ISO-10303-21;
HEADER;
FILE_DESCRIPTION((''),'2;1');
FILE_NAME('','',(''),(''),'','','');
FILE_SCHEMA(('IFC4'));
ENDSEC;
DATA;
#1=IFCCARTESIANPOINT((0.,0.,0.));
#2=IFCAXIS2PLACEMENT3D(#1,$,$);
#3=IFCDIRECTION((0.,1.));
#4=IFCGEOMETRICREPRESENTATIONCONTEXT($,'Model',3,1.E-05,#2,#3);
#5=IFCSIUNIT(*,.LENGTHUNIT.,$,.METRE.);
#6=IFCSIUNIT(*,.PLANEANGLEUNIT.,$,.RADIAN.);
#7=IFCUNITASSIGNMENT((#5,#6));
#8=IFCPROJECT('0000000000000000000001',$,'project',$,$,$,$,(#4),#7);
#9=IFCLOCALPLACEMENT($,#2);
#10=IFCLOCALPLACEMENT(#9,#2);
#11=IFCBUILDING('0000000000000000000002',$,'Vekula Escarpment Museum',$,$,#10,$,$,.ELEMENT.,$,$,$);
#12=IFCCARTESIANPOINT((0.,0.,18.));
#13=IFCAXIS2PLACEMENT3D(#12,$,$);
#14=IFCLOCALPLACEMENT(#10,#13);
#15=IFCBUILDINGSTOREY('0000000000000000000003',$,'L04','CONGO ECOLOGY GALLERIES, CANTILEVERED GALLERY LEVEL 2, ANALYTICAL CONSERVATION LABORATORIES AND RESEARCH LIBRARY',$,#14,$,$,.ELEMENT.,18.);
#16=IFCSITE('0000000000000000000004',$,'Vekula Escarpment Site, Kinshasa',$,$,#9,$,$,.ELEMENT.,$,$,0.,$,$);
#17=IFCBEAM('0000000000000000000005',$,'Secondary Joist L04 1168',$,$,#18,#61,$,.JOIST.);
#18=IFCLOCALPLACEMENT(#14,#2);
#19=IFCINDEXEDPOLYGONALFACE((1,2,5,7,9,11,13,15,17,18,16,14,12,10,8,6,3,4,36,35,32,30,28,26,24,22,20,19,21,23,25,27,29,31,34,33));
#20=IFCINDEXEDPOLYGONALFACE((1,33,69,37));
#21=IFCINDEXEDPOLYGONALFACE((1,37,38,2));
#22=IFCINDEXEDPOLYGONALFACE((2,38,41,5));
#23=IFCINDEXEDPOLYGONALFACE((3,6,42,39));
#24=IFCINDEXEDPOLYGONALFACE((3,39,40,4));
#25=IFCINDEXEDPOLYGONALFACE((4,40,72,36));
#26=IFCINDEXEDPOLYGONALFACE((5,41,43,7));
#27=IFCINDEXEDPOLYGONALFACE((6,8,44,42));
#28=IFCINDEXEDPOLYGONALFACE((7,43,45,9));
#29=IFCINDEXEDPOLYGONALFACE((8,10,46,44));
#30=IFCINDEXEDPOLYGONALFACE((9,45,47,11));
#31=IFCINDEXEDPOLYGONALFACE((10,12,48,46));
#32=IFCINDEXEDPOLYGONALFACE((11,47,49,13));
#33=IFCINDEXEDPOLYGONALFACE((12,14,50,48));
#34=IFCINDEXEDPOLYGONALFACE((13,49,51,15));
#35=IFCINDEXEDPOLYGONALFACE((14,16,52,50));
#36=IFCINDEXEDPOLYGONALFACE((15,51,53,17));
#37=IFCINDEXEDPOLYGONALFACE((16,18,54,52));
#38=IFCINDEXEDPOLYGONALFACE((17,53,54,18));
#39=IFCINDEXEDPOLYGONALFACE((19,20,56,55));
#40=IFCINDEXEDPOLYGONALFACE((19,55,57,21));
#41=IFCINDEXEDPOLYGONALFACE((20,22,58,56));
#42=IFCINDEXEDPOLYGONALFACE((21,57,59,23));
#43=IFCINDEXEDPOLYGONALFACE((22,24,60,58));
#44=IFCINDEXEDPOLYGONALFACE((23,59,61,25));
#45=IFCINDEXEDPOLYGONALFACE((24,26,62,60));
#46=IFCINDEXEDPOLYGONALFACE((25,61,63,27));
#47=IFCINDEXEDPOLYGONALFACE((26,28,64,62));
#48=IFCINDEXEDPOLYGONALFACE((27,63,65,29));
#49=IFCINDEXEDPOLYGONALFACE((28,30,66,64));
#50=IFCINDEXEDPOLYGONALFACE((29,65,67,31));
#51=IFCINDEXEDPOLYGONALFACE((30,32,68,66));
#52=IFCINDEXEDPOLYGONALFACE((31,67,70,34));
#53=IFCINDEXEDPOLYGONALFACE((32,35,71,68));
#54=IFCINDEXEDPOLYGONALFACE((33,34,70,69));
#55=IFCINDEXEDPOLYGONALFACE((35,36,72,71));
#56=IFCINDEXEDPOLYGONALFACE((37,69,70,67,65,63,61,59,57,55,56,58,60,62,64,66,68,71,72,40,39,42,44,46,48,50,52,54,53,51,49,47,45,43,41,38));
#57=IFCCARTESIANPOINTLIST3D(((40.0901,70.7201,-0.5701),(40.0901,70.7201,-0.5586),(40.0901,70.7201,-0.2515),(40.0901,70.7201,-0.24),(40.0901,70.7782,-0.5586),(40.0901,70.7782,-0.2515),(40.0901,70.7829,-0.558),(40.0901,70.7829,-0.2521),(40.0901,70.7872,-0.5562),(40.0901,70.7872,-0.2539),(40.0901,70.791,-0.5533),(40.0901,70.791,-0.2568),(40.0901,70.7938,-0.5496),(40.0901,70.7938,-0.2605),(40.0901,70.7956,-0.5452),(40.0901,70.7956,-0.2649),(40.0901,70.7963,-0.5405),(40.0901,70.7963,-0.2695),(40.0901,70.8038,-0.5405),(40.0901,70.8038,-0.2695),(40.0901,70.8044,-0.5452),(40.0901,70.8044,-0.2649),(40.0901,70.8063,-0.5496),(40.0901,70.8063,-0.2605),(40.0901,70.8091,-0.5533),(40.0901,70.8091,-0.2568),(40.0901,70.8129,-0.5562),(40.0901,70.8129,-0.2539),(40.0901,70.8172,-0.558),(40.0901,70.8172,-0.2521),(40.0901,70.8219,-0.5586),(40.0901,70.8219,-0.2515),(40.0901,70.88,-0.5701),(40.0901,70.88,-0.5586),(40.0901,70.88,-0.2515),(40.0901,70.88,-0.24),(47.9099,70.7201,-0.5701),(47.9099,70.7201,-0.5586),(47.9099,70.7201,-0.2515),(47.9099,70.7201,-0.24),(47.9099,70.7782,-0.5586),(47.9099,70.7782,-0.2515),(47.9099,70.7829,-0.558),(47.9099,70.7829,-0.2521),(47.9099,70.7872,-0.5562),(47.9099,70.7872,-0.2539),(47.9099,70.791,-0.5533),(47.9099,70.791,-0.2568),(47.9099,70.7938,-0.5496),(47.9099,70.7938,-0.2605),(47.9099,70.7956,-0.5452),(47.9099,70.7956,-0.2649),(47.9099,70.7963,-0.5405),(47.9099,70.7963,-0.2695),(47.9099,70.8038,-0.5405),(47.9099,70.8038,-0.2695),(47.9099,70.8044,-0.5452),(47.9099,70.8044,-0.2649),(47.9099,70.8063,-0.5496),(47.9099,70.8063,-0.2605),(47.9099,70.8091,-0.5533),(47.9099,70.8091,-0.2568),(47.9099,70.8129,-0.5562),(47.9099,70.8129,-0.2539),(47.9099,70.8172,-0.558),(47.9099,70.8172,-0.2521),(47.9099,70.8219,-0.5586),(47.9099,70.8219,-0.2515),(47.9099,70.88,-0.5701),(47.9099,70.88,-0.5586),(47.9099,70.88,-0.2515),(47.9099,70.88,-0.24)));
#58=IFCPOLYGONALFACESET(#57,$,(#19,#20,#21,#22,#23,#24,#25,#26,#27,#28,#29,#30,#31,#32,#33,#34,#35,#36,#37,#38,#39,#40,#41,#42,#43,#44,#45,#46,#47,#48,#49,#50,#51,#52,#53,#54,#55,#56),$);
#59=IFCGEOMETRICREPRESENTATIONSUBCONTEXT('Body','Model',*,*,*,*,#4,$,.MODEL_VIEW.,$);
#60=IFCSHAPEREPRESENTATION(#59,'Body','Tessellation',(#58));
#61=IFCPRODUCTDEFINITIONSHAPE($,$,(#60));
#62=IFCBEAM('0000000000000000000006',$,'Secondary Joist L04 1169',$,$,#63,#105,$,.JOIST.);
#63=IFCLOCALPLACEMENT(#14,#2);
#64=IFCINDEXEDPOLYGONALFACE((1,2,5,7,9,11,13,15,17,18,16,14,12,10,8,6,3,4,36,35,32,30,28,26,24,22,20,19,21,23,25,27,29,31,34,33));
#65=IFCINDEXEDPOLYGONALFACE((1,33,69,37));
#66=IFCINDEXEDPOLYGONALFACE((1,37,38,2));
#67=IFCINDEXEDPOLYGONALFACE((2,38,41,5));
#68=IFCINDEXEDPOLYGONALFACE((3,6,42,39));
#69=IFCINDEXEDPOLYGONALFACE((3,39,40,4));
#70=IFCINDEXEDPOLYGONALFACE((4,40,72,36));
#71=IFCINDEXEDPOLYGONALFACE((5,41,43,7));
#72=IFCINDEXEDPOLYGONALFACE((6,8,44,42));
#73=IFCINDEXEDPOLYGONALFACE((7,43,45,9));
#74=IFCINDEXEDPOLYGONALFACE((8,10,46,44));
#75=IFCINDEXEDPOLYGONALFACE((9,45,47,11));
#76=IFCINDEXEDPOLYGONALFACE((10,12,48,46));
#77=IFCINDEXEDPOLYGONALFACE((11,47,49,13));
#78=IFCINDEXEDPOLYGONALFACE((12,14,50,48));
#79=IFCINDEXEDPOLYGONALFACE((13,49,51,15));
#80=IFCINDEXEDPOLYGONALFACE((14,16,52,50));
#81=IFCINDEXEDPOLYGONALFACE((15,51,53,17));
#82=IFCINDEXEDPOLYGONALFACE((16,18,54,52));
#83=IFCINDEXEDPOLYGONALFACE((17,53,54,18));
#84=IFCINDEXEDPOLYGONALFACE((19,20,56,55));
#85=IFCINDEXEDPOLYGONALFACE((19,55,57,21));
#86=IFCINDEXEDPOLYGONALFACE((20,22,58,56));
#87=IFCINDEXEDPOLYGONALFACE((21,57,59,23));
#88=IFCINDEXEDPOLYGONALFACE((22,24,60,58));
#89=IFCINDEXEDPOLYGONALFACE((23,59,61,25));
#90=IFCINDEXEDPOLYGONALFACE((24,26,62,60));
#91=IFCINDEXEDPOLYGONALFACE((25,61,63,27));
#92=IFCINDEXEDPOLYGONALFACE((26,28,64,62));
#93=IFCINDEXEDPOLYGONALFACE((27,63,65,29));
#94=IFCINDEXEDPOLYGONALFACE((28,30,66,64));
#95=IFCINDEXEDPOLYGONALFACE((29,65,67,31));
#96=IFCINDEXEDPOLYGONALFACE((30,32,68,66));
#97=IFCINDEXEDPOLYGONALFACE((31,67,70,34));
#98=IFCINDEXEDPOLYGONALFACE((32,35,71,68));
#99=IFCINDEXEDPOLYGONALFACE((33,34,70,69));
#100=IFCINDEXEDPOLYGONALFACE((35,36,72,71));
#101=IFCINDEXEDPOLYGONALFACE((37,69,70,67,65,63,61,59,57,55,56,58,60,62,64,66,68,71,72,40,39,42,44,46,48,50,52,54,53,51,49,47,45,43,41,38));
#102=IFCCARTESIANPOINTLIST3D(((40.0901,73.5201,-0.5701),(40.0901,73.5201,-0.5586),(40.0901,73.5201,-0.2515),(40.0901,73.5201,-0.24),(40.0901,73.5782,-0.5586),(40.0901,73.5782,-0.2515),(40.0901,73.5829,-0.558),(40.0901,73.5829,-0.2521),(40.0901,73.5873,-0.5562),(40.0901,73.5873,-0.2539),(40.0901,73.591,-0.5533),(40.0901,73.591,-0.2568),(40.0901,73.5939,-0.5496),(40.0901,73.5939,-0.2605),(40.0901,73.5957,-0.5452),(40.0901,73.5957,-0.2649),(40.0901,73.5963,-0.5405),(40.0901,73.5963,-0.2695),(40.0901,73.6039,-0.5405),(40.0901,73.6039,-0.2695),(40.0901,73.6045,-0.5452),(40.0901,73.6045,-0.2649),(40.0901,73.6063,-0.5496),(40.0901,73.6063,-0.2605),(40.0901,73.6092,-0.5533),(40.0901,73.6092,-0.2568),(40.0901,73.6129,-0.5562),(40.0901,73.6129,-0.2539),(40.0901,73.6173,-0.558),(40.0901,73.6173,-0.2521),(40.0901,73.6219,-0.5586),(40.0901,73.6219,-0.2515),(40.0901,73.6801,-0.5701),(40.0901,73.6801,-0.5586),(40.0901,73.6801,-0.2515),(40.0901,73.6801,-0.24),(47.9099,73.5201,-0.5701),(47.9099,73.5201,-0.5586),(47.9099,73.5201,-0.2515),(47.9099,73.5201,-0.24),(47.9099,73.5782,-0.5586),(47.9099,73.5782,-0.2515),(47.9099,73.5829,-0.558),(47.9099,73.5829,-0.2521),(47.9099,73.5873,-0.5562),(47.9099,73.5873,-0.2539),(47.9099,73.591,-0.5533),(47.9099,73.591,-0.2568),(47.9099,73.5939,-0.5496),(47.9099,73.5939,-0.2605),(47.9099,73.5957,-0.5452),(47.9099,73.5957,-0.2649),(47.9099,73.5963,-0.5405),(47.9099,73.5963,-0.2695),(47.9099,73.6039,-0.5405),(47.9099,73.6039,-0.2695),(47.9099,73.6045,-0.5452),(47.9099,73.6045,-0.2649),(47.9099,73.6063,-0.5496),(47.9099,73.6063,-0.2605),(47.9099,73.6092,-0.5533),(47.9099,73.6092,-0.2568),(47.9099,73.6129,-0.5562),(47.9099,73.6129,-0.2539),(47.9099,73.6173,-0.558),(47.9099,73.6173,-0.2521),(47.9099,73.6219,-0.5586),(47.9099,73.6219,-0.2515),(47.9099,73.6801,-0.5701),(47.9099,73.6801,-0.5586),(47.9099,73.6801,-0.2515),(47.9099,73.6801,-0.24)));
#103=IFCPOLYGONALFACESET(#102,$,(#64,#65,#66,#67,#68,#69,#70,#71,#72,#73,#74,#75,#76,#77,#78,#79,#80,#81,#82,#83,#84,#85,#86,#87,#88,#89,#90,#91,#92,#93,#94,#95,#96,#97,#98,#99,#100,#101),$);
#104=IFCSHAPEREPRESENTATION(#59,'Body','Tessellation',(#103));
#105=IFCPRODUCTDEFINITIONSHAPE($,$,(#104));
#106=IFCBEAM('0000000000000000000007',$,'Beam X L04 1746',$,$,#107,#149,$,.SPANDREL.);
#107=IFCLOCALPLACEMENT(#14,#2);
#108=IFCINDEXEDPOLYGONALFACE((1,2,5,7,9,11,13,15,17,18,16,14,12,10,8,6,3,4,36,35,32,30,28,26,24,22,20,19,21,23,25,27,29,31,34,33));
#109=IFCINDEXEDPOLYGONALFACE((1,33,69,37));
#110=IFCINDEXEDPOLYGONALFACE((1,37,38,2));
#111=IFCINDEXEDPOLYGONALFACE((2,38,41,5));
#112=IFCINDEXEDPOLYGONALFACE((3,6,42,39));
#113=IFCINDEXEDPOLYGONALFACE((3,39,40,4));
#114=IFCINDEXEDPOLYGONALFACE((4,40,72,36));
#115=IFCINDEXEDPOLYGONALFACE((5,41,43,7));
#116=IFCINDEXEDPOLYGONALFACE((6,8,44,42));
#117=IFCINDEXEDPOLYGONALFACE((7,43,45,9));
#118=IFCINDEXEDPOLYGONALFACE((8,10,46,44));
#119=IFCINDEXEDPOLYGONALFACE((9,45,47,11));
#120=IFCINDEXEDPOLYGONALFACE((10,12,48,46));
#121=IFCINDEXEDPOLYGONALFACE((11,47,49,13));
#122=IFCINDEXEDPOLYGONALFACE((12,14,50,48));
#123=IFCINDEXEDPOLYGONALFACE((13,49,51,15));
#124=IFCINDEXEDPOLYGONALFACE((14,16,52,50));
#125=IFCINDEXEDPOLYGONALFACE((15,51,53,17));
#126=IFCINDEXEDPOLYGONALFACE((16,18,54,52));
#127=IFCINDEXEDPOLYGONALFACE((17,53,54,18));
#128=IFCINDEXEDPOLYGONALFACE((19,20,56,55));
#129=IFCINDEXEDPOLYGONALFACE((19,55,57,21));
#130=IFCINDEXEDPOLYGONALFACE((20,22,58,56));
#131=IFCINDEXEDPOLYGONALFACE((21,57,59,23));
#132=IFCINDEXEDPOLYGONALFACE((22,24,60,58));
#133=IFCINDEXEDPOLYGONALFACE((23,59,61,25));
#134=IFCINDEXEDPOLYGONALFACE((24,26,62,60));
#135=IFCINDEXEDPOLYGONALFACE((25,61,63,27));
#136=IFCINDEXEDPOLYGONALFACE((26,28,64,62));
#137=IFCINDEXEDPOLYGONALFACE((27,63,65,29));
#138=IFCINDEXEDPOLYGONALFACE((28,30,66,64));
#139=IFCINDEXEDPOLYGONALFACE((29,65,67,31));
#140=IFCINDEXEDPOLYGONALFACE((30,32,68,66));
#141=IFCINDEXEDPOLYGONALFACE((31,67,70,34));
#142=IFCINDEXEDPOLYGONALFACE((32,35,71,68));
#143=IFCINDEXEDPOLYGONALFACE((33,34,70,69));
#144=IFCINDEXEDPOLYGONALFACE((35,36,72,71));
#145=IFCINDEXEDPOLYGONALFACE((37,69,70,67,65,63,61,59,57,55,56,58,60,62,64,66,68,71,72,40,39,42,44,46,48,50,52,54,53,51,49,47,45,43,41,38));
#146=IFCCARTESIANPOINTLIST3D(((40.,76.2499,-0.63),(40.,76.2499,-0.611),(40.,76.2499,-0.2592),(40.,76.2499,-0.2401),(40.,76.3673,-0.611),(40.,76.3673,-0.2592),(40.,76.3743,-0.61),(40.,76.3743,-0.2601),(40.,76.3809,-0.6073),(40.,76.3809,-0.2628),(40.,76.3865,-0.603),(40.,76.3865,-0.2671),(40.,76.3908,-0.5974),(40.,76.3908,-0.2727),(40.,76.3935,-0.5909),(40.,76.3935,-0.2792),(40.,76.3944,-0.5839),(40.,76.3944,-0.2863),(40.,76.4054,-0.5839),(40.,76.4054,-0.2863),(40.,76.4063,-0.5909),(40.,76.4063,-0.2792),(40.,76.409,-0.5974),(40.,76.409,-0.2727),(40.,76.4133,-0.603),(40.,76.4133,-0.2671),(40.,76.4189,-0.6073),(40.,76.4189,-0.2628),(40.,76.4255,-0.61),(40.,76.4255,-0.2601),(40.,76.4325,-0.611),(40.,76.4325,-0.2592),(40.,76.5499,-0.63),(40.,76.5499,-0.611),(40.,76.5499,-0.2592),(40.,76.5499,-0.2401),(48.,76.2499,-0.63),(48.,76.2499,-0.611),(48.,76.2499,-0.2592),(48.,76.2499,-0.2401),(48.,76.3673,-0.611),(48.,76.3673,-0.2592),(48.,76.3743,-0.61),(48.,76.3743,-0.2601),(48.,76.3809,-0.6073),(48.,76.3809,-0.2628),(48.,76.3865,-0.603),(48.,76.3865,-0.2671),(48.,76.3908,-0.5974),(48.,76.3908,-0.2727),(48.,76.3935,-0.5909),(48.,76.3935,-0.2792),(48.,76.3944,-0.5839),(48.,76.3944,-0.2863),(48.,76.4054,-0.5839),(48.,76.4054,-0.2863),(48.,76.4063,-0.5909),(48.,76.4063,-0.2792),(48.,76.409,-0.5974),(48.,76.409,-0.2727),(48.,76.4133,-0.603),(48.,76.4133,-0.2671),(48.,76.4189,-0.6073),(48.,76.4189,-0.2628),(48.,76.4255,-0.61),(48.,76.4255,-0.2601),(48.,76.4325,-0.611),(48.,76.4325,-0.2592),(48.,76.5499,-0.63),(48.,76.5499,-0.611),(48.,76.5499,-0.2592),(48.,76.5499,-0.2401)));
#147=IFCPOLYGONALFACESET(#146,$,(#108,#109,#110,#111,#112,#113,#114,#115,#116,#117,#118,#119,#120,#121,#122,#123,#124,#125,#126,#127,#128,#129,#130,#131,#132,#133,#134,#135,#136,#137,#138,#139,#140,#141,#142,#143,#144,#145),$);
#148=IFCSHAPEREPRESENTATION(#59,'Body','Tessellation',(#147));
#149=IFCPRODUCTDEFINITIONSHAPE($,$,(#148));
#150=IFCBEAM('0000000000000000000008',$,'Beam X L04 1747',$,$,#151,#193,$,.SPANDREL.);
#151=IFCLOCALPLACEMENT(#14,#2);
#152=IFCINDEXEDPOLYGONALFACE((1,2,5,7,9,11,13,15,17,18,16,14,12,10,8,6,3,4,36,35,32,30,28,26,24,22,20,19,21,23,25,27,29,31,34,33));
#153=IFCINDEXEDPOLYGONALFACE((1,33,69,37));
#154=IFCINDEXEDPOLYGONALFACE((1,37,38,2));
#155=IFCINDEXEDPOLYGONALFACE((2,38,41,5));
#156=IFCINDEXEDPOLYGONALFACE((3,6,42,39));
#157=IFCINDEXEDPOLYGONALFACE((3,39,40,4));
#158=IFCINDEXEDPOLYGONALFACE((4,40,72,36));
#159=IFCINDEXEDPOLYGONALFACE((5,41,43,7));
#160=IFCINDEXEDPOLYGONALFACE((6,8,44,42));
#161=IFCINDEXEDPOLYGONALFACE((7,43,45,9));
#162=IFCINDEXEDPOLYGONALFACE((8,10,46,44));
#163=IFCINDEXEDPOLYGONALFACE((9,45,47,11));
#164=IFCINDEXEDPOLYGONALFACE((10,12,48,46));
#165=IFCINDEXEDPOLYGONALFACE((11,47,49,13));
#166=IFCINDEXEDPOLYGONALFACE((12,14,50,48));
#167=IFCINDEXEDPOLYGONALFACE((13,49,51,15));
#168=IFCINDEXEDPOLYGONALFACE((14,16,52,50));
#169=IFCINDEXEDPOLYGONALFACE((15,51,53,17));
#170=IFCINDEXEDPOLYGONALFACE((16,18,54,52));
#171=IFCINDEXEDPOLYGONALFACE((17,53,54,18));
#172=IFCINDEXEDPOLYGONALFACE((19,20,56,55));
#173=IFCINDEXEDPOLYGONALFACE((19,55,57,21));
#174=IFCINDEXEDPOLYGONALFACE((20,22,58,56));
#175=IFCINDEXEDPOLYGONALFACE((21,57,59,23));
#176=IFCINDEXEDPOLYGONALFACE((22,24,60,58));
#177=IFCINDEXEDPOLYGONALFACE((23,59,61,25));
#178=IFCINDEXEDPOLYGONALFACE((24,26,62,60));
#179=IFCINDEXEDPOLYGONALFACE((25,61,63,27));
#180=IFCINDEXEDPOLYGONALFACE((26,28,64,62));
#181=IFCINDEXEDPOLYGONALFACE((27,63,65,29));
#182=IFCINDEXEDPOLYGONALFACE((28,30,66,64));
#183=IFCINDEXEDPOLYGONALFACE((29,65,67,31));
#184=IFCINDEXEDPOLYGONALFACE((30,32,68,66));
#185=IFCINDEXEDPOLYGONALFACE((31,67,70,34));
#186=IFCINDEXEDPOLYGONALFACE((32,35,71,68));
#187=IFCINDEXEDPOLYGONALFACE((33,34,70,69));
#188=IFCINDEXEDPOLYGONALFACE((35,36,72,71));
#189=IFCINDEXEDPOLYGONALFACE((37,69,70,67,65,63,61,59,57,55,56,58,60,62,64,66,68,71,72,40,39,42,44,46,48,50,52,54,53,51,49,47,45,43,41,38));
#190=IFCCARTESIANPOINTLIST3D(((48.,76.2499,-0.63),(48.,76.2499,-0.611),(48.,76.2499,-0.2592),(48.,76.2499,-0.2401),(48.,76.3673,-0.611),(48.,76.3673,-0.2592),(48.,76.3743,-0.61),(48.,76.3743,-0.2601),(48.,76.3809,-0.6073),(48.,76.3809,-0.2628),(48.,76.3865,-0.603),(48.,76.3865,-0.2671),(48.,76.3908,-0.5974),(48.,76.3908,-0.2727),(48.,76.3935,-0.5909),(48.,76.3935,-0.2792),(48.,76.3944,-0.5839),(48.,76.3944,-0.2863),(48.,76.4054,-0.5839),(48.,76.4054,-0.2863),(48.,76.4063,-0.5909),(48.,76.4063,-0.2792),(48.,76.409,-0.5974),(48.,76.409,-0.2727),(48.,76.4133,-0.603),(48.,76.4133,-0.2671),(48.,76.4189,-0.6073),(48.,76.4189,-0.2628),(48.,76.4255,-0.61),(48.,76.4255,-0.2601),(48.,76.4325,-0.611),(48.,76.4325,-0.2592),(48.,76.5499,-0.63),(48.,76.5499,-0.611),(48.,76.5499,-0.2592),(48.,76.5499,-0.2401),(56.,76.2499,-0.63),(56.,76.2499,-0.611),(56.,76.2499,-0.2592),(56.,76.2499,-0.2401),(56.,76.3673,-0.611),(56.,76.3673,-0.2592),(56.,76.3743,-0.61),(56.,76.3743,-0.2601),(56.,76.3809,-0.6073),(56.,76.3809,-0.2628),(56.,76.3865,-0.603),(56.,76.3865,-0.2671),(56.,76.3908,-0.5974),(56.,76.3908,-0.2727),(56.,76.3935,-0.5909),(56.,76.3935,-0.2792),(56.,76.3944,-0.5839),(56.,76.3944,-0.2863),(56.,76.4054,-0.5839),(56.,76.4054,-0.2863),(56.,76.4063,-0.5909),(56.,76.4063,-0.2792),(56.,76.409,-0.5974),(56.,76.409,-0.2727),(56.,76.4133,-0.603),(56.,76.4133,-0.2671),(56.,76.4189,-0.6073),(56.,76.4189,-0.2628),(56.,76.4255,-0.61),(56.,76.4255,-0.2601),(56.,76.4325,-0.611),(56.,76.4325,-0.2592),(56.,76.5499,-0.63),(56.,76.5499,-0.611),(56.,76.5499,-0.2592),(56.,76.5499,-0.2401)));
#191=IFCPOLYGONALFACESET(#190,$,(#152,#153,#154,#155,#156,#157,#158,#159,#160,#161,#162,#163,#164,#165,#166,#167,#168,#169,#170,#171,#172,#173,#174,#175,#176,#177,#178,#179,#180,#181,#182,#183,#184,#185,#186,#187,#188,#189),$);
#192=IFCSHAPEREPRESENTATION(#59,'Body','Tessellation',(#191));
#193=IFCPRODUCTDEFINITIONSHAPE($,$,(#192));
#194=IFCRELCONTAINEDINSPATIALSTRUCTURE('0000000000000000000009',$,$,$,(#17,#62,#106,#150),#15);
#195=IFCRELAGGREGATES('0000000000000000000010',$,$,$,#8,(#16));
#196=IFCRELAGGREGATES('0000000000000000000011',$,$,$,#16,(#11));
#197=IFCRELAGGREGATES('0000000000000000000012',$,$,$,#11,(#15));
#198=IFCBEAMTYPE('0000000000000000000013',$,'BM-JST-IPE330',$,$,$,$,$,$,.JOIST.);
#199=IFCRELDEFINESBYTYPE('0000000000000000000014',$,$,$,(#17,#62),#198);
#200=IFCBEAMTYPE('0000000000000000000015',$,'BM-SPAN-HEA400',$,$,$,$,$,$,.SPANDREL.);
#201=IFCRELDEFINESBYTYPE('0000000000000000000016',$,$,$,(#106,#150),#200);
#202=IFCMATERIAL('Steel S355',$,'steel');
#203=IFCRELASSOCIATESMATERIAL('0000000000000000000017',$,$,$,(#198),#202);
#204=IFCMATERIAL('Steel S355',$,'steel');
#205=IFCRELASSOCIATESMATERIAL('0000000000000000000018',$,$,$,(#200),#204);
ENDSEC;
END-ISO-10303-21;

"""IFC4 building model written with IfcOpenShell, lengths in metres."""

from ifc_helpers import new_model, si_unit, direction, frame, origin, origin_2d, place, context, subcontext, project, spatial, i_section, extrude, material, material_profile, profile_set, type_object, element, save


model = new_model("IFC4")

# Units and contexts
model_context = context("Model", 3, precision=1e-05, world=origin(), true_north=direction((0.0, 1.0)))
body_context = subcontext(model_context, "Body", "Model", "MODEL_VIEW")
ifc_project = project(units=[si_unit("LENGTHUNIT", "METRE"), si_unit("PLANEANGLEUNIT", "RADIAN")], contexts=[model_context])

# Site, building, storey
site_placement = place(None, origin())
site = spatial("IfcSite", under=ifc_project, at=site_placement, Name="Vekula Escarpment Site, Kinshasa", CompositionType="ELEMENT", RefElevation=0.0)
building_placement = place(site_placement, origin())
building = spatial("IfcBuilding", under=site, at=building_placement, Name="Vekula Escarpment Museum", CompositionType="ELEMENT")
storey_placement = place(building_placement, frame((0.0, 0.0, 18.0)))
storey = spatial("IfcBuildingStorey", under=building, at=storey_placement, Name="L04", Description="CONGO ECOLOGY GALLERIES, CANTILEVERED GALLERY LEVEL 2, ANALYTICAL CONSERVATION LABORATORIES AND RESEARCH LIBRARY", CompositionType="ELEMENT", Elevation=18.0)

# Beams
ifc_material_1 = material(Name="Steel S355", Category="steel")
ifc_material_profile_1 = material_profile(ifc_material_1, i_section(OverallWidth=0.1599, OverallDepth=0.3301, WebThickness=0.0076, FlangeThickness=0.0115, FilletRadius=0.0181, at=origin_2d()), Name="IPE 330")
ifc_profile_set_1 = profile_set([ifc_material_profile_1], Name="Steel S355")
beam_type_1 = type_object("IfcBeamType", Name="BM-JST-IPE330", PredefinedType="JOIST", material=ifc_profile_set_1)
for number, where, z_axis, x_axis, name in (
    (1, (40.0901, 70.8, -0.405), (1.0, 0.0, 0.0), (0.0, 1.0, 0.0), "Secondary Joist L04 1168"),
    (2, (40.0901, 73.6001, -0.405), (1.0, 0.0, 0.0), (0.0, 1.0, 0.0), "Secondary Joist L04 1169"),
):
    element("IfcBeam", number, at=place(storey_placement, frame(where, z_axis=z_axis, x_axis=x_axis)), inside=storey, type_object=beam_type_1, Name=name, PredefinedType="JOIST", context=body_context, shape_type="SweptSolid", body=[
        extrude(i_section(OverallWidth=0.1599, OverallDepth=0.3301, WebThickness=0.0076, FlangeThickness=0.0115, FilletRadius=0.0181, at=origin_2d()), origin(), (0.0, 0.0, 1.0), 7.8198),
    ])
ifc_material_2 = material(Name="Steel S355", Category="steel")
ifc_material_profile_2 = material_profile(ifc_material_2, i_section(OverallWidth=0.3, OverallDepth=0.3899, WebThickness=0.011, FlangeThickness=0.019, FilletRadius=0.0271, at=origin_2d()), Name="HEA 400")
ifc_profile_set_2 = profile_set([ifc_material_profile_2], Name="Steel S355")
beam_type_2 = type_object("IfcBeamType", Name="BM-SPAN-HEA400", PredefinedType="SPANDREL", material=ifc_profile_set_2)
for number, where, z_axis, x_axis, name in (
    (3, (40.0, 76.3999, -0.4351), (1.0, 0.0, 0.0), (0.0, 1.0, 0.0), "Beam X L04 1746"),
    (4, (48.0, 76.3999, -0.4351), (1.0, 0.0, 0.0), (0.0, 1.0, 0.0), "Beam X L04 1747"),
):
    element("IfcBeam", number, at=place(storey_placement, frame(where, z_axis=z_axis, x_axis=x_axis)), inside=storey, type_object=beam_type_2, Name=name, PredefinedType="SPANDREL", context=body_context, shape_type="SweptSolid", body=[
        extrude(i_section(OverallWidth=0.3, OverallDepth=0.3899, WebThickness=0.011, FlangeThickness=0.019, FilletRadius=0.0271, at=origin_2d()), origin(), (0.0, 0.0, 1.0), 8.0),
    ])

save(model, "model.ifc")
